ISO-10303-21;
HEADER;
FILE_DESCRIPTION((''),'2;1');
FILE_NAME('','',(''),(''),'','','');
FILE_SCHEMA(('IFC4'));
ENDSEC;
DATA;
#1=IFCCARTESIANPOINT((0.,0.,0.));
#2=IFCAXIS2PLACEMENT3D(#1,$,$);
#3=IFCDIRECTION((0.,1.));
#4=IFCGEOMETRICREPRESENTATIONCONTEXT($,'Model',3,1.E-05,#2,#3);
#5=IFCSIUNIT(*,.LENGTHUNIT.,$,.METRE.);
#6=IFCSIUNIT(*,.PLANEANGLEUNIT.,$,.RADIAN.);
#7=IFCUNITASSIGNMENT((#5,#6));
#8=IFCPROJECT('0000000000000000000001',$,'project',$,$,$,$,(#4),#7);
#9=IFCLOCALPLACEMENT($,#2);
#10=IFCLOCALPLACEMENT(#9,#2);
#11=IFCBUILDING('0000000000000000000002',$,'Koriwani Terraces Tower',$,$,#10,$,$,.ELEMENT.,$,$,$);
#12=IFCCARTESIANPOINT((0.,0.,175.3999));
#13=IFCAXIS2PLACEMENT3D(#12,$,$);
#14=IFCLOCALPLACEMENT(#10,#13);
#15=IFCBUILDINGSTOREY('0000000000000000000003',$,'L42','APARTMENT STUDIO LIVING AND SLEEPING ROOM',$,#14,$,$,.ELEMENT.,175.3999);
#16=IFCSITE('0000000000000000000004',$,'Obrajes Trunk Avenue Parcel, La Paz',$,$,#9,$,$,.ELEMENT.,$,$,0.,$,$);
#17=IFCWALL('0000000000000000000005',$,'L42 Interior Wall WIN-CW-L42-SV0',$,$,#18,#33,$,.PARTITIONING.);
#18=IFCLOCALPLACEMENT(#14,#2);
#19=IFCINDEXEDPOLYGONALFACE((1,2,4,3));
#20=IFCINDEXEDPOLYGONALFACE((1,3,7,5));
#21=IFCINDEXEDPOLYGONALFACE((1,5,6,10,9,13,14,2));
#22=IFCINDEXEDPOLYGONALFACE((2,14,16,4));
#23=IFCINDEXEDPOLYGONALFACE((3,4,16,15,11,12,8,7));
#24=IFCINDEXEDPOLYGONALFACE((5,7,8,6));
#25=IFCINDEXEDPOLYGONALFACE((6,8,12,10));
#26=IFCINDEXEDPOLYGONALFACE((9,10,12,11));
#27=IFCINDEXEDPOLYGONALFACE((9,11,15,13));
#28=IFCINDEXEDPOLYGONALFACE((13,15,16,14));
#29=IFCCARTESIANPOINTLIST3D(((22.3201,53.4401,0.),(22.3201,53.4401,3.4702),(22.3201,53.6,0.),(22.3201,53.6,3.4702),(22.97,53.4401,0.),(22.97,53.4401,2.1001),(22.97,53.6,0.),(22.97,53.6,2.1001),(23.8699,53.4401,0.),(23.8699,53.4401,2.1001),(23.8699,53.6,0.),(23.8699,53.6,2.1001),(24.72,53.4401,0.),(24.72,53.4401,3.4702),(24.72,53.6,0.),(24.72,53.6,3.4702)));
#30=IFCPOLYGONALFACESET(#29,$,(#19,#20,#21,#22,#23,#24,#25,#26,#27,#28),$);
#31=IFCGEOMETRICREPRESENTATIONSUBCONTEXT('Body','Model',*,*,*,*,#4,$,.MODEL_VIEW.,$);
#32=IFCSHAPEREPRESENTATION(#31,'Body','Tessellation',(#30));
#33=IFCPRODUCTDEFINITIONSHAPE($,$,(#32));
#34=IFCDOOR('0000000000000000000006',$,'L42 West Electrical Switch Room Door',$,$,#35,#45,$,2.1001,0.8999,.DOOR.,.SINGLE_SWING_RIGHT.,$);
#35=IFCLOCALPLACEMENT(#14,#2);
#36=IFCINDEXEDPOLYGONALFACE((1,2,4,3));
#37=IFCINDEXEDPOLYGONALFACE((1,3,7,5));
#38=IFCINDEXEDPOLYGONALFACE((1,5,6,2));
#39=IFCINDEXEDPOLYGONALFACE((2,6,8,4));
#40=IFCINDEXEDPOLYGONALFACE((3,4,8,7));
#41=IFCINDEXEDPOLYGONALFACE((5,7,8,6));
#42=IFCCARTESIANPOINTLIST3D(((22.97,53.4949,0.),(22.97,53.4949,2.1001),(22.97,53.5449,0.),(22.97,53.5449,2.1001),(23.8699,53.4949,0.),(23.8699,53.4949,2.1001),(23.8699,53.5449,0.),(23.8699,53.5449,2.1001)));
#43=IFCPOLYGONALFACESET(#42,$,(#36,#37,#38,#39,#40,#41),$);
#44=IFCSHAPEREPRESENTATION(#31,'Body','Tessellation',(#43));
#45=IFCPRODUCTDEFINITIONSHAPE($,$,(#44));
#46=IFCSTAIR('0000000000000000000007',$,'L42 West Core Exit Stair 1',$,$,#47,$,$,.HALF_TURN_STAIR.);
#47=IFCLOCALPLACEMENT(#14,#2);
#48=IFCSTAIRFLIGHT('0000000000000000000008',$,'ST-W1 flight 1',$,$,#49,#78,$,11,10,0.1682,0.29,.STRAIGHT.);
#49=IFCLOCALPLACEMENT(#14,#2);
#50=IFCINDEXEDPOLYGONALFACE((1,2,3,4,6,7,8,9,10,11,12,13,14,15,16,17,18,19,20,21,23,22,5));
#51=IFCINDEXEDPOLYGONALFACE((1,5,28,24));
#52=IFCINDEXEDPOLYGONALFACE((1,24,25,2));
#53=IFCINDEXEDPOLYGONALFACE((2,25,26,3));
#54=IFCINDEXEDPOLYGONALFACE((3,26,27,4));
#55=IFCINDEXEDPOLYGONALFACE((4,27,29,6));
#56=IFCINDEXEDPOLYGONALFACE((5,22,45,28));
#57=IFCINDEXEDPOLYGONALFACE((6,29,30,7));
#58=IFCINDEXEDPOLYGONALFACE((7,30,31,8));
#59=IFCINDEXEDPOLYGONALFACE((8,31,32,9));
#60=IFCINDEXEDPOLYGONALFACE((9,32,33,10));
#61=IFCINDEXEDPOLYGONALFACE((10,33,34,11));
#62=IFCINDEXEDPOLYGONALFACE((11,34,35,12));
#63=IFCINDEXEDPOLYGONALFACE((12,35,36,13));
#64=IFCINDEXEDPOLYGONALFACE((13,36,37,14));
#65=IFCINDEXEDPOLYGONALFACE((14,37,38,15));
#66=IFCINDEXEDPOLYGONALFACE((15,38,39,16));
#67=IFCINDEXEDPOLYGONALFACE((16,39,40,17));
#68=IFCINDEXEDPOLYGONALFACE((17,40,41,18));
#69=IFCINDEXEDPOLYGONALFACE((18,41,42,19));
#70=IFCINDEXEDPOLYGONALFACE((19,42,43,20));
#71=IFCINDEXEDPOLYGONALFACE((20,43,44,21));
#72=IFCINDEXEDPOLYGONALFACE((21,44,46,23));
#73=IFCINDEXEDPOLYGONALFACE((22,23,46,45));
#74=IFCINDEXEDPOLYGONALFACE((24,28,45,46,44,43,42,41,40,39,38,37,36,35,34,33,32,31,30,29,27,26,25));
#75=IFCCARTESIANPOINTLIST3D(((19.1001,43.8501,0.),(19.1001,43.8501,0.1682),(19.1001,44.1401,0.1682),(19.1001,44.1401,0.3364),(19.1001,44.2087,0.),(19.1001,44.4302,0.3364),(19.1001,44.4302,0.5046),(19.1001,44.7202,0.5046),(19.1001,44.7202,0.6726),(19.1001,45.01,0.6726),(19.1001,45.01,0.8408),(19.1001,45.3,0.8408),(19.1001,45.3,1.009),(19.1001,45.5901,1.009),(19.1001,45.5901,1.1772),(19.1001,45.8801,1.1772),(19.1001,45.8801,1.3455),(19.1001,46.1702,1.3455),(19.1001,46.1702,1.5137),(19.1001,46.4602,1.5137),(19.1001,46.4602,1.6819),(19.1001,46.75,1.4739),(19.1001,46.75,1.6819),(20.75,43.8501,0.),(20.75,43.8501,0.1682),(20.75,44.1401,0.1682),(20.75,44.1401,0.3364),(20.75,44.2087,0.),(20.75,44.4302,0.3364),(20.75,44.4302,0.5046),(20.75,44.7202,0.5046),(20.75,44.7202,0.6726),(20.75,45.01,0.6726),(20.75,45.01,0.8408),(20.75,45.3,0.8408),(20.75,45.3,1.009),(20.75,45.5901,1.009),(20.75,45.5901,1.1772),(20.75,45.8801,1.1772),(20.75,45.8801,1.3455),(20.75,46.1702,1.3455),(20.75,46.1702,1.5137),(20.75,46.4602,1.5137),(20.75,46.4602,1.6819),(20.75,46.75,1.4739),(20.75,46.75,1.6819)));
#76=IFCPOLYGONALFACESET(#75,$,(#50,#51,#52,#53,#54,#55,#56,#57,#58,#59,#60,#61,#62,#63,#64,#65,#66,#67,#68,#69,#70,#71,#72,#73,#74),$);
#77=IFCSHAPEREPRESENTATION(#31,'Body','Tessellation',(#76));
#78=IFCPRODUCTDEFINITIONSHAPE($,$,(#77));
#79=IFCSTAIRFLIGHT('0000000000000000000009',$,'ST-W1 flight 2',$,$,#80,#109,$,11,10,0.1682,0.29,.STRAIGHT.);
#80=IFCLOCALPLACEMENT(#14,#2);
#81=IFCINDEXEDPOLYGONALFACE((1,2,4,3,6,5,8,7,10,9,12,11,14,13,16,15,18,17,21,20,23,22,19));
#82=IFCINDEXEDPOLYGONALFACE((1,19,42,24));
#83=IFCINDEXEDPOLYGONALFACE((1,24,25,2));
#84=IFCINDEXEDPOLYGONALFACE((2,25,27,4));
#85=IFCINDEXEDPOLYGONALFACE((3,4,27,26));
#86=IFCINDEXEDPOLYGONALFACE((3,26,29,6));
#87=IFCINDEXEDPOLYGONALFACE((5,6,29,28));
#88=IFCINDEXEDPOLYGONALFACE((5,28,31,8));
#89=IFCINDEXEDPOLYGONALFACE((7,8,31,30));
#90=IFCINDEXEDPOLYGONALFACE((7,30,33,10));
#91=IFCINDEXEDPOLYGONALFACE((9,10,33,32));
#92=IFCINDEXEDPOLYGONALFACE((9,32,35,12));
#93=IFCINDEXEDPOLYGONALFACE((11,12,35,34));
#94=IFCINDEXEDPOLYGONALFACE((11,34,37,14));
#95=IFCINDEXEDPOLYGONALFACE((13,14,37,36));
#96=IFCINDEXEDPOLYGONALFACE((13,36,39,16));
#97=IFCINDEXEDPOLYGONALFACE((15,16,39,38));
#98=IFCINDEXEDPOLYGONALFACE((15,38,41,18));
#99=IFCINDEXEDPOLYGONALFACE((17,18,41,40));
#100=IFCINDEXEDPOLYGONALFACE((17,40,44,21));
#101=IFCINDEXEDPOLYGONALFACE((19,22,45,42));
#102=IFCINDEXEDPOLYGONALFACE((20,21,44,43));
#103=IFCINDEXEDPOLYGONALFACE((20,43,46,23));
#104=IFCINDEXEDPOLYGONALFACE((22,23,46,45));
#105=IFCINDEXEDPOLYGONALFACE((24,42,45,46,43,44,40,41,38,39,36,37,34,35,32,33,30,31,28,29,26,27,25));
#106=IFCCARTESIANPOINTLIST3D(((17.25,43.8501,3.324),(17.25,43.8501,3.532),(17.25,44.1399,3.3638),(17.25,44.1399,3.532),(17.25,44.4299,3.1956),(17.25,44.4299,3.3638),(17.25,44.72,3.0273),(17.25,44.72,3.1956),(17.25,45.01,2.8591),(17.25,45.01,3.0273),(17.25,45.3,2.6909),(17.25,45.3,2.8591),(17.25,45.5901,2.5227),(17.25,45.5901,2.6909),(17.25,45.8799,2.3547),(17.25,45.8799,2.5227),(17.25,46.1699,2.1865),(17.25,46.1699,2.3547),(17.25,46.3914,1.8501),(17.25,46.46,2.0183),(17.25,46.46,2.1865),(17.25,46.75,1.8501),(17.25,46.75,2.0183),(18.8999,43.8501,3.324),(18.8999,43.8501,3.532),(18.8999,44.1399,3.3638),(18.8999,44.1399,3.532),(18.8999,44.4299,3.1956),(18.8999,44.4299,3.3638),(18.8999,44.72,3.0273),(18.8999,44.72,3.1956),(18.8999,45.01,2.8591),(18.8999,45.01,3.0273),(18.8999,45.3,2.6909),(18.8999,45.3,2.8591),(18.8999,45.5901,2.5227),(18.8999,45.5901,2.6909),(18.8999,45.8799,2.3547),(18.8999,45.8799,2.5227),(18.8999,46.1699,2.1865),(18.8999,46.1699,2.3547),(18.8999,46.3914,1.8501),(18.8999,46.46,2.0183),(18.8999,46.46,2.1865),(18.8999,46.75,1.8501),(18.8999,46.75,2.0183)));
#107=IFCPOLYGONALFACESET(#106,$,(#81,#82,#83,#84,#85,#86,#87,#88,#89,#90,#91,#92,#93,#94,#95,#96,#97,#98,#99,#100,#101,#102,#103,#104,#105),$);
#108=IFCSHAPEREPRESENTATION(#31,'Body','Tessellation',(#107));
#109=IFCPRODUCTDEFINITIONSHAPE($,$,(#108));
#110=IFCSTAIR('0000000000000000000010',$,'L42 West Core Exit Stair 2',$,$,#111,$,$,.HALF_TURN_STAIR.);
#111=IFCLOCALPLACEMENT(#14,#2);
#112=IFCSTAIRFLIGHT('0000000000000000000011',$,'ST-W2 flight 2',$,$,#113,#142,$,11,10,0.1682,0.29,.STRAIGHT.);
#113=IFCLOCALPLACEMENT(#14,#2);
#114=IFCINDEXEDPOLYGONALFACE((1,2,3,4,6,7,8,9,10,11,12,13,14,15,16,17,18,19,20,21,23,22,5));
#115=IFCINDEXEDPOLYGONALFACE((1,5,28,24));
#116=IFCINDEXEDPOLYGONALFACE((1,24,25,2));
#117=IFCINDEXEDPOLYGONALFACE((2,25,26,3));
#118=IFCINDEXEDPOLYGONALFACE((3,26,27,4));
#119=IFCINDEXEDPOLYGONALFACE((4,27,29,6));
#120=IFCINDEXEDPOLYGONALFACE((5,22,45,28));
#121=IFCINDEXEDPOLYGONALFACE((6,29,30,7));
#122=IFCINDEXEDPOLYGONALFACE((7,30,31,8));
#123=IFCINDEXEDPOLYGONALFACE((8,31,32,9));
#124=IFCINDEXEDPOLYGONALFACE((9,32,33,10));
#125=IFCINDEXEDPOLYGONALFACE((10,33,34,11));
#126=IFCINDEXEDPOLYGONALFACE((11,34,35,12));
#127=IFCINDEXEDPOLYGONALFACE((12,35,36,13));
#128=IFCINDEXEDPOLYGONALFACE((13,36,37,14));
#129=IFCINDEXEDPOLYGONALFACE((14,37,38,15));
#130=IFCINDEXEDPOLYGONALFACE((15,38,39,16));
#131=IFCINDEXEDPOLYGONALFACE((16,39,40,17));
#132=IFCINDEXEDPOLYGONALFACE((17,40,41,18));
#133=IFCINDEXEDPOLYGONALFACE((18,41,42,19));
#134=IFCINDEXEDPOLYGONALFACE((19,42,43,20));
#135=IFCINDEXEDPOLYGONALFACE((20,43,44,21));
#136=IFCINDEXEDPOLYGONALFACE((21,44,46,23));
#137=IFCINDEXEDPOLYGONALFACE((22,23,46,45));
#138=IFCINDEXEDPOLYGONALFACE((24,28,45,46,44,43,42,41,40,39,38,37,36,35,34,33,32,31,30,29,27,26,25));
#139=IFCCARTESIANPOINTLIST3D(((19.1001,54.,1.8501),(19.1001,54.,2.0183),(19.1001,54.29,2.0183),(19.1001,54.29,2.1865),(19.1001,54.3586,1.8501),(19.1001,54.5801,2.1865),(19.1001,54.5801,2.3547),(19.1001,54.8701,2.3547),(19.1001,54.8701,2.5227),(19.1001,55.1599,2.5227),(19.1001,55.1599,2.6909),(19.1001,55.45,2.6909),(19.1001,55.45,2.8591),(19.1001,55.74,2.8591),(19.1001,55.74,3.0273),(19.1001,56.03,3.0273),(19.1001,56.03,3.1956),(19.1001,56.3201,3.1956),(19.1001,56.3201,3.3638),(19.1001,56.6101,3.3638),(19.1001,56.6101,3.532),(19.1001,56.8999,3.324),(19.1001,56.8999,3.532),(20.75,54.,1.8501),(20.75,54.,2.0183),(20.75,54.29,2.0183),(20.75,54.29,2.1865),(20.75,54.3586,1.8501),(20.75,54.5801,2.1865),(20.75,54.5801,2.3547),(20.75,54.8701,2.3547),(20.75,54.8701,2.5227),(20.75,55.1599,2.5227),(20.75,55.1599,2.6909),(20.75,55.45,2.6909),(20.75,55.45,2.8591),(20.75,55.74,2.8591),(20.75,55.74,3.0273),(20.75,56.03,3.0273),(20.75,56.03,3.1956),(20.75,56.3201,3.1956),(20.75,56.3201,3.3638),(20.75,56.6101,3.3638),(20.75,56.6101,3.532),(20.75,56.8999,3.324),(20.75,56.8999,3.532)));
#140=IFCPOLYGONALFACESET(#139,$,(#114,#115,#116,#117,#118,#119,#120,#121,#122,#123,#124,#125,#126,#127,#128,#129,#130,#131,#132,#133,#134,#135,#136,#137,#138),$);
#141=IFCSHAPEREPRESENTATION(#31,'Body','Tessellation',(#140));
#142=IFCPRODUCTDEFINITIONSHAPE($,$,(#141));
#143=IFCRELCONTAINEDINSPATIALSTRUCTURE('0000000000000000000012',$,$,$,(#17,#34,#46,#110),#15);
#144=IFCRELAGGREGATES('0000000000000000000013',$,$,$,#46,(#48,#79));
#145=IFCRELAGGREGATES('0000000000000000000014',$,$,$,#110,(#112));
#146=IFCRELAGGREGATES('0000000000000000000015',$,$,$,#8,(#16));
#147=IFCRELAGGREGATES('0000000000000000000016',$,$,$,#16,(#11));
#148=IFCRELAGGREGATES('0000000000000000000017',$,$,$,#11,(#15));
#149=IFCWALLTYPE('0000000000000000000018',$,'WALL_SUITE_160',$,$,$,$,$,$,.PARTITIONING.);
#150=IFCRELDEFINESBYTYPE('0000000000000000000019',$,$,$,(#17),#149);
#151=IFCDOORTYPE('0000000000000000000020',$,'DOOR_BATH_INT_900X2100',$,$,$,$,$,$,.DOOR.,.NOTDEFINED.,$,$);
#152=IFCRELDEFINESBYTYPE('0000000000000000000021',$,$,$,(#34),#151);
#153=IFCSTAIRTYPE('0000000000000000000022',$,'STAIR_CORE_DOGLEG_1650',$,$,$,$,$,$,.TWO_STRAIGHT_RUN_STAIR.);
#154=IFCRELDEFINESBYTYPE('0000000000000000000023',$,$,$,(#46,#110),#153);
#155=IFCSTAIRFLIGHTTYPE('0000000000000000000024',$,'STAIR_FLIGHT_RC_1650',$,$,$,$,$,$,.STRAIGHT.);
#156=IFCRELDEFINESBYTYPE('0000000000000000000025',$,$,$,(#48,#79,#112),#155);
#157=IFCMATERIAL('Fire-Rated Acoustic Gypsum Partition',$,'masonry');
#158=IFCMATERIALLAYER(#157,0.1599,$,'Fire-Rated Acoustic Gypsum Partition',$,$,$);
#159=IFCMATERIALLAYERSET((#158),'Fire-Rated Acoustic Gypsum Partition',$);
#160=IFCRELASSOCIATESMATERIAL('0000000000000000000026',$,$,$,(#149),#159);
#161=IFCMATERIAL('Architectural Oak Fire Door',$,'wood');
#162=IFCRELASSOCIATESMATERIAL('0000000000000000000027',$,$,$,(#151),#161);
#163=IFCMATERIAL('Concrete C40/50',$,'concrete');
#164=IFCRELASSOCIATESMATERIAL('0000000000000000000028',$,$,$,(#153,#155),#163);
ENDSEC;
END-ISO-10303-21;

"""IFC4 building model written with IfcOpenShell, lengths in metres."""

from ifc_helpers import new_model, si_unit, direction, frame, frame_2d, origin, place, context, subcontext, project, spatial, polyline, rectangle, outline, extrude, material, layer, layer_set, type_object, element, fill, aggregate, save


model = new_model("IFC4")

# Units and contexts
model_context = context("Model", 3, precision=1e-05, world=origin(), true_north=direction((0.0, 1.0)))
body_context = subcontext(model_context, "Body", "Model", "MODEL_VIEW")
ifc_project = project(units=[si_unit("LENGTHUNIT", "METRE"), si_unit("PLANEANGLEUNIT", "RADIAN")], contexts=[model_context])

# Site, building, storey
site_placement = place(None, origin())
site = spatial("IfcSite", under=ifc_project, at=site_placement, Name="Obrajes Trunk Avenue Parcel, La Paz", CompositionType="ELEMENT", RefElevation=0.0)
building_placement = place(site_placement, origin())
building = spatial("IfcBuilding", under=site, at=building_placement, Name="Koriwani Terraces Tower", CompositionType="ELEMENT")
storey_placement = place(building_placement, frame((0.0, 0.0, 175.3999)))
storey = spatial("IfcBuildingStorey", under=building, at=storey_placement, Name="L42", Description="APARTMENT STUDIO LIVING AND SLEEPING ROOM", CompositionType="ELEMENT", Elevation=175.3999)

# Shared definitions
ifc_material_1 = material(Name="Concrete C40/50", Category="concrete")

# Wall, opening, door
ifc_material_2 = material(Name="Fire-Rated Acoustic Gypsum Partition", Category="masonry")
ifc_layer_1 = layer(ifc_material_2, 0.1599, Name="Fire-Rated Acoustic Gypsum Partition")
ifc_layer_set_1 = layer_set([ifc_layer_1], Name="Fire-Rated Acoustic Gypsum Partition")
wall_type_1 = type_object("IfcWallType", Name="WALL_SUITE_160", PredefinedType="PARTITIONING", material=ifc_layer_set_1)
wall_1_placement = place(storey_placement, frame((22.3201, 53.52, 0.0), z_axis=(0.0, 0.0, 1.0), x_axis=(1.0, 0.0, 0.0)))
wall_1 = element("IfcWall", 1, at=wall_1_placement, inside=storey, type_object=wall_type_1, Name="L42 Interior Wall WIN-CW-L42-SV0", PredefinedType="PARTITIONING", context=body_context, shape_type="SweptSolid", body=[
    extrude(rectangle(XDim=2.3999, YDim=0.1599, at=frame_2d((1.2, 0.0))), origin(), (0.0, 0.0, 1.0), 3.4702),
])
opening_1_placement = place(wall_1_placement, frame((0.6499, 0.0, 0.0)))
opening_1 = element("IfcOpeningElement", 2, at=opening_1_placement, cuts=wall_1, PredefinedType="OPENING", context=body_context, shape_type="SweptSolid", body=[
    extrude(rectangle(XDim=0.8999, YDim=2.1001, at=frame_2d((0.45, 1.05))), frame((0.0, 0.0898, 0.0), z_axis=(0.0, -1.0, 0.0), x_axis=(1.0, 0.0, 0.0)), (0.0, 0.0, 1.0), 0.1799),
])
ifc_material_3 = material(Name="Architectural Oak Fire Door", Category="wood")
door_type_1 = type_object("IfcDoorType", Name="DOOR_BATH_INT_900X2100", OperationType="NOTDEFINED", PredefinedType="DOOR", material=ifc_material_3)
door_1_placement = place(opening_1_placement, origin())
door_1 = element("IfcDoor", 3, at=door_1_placement, inside=storey, type_object=door_type_1, Name="L42 West Electrical Switch Room Door", OperationType="SINGLE_SWING_RIGHT", OverallHeight=2.1001, OverallWidth=0.8999, PredefinedType="DOOR", context=body_context, shape_type="SweptSolid", body=[
    extrude(rectangle(XDim=0.8999, YDim=2.1001, at=frame_2d((0.45, 1.05))), frame((0.0, 0.0249, 0.0), z_axis=(0.0, -1.0, 0.0), x_axis=(1.0, 0.0, 0.0)), (0.0, 0.0, 1.0), 0.05),
])
fill(opening_1, door_1)

# Stair, stair flights
stair_type = type_object("IfcStairType", Name="STAIR_CORE_DOGLEG_1650", PredefinedType="TWO_STRAIGHT_RUN_STAIR", material=ifc_material_1)
stair_1_placement = place(storey_placement, origin())
stair_1 = element("IfcStair", 4, at=stair_1_placement, inside=storey, type_object=stair_type, Name="L42 West Core Exit Stair 1", PredefinedType="HALF_TURN_STAIR")
stair_flight_type = type_object("IfcStairFlightType", Name="STAIR_FLIGHT_RC_1650", PredefinedType="STRAIGHT", material=ifc_material_1)
stair_flight_1_placement = place(storey_placement, frame((19.925, 43.8501, 0.0), z_axis=(0.0, 0.0, 1.0), x_axis=(0.0, 1.0, 0.0)))
stair_flight_1 = element("IfcStairFlight", 5, at=stair_flight_1_placement, type_object=stair_flight_type, Name="ST-W1 flight 1", NumberOfRisers=11, NumberOfTreads=10, PredefinedType="STRAIGHT", RiserHeight=0.1682, TreadLength=0.29, context=body_context, shape_type="SweptSolid", body=[
    extrude(outline(polyline([(0.0, 0.0), (0.0, 0.1682), (0.29, 0.1682), (0.29, 0.3364), (0.5801, 0.3364), (0.5801, 0.5046), (0.8701, 0.5046), (0.8701, 0.6726), (1.1599, 0.6726), (1.1599, 0.8408), (1.45, 0.8408), (1.45, 1.009), (1.74, 1.009), (1.74, 1.1772), (2.03, 1.1772), (2.03, 1.3455), (2.3201, 1.3455), (2.3201, 1.5137), (2.6101, 1.5137), (2.6101, 1.6819), (2.8999, 1.6819), (2.8999, 1.8501), (2.8999, 1.4739), (0.3586, 0.0), (0.0, 0.0)])), frame((0.0, 0.825, 0.0), z_axis=(0.0, -1.0, 0.0), x_axis=(1.0, 0.0, 0.0)), (0.0, 0.0, 1.0), 1.6499),
])
stair_flight_2_placement = place(storey_placement, frame((18.075, 46.75, 1.8501), z_axis=(0.0, 0.0, 1.0), x_axis=(0.0, -1.0, 0.0)))
stair_flight_2 = element("IfcStairFlight", 6, at=stair_flight_2_placement, type_object=stair_flight_type, Name="ST-W1 flight 2", NumberOfRisers=11, NumberOfTreads=10, PredefinedType="STRAIGHT", RiserHeight=0.1682, TreadLength=0.29, context=body_context, shape_type="SweptSolid", body=[
    extrude(outline(polyline([(0.0, 0.0), (0.0, 0.1682), (0.29, 0.1682), (0.29, 0.3364), (0.5801, 0.3364), (0.5801, 0.5046), (0.8701, 0.5046), (0.8701, 0.6726), (1.1599, 0.6726), (1.1599, 0.8408), (1.45, 0.8408), (1.45, 1.009), (1.74, 1.009), (1.74, 1.1772), (2.03, 1.1772), (2.03, 1.3455), (2.3201, 1.3455), (2.3201, 1.5137), (2.6101, 1.5137), (2.6101, 1.6819), (2.8999, 1.6819), (2.8999, 1.8501), (2.8999, 1.4739), (0.3586, 0.0), (0.0, 0.0)])), frame((0.0, 0.825, 0.0), z_axis=(0.0, -1.0, 0.0), x_axis=(1.0, 0.0, 0.0)), (0.0, 0.0, 1.0), 1.6499),
])
aggregate(stair_1, [stair_flight_1, stair_flight_2])

# Stair, stair flight
stair_2_placement = place(storey_placement, origin())
stair_2 = element("IfcStair", 7, at=stair_2_placement, inside=storey, type_object=stair_type, Name="L42 West Core Exit Stair 2", PredefinedType="HALF_TURN_STAIR")
stair_flight_3_placement = place(storey_placement, frame((19.925, 54.0, 1.8501), z_axis=(0.0, 0.0, 1.0), x_axis=(0.0, 1.0, 0.0)))
stair_flight_3 = element("IfcStairFlight", 8, at=stair_flight_3_placement, type_object=stair_flight_type, Name="ST-W2 flight 2", NumberOfRisers=11, NumberOfTreads=10, PredefinedType="STRAIGHT", RiserHeight=0.1682, TreadLength=0.29, context=body_context, shape_type="SweptSolid", body=[
    extrude(outline(polyline([(0.0, 0.0), (0.0, 0.1682), (0.29, 0.1682), (0.29, 0.3364), (0.5801, 0.3364), (0.5801, 0.5046), (0.8701, 0.5046), (0.8701, 0.6726), (1.1599, 0.6726), (1.1599, 0.8408), (1.45, 0.8408), (1.45, 1.009), (1.74, 1.009), (1.74, 1.1772), (2.03, 1.1772), (2.03, 1.3455), (2.3201, 1.3455), (2.3201, 1.5137), (2.6101, 1.5137), (2.6101, 1.6819), (2.8999, 1.6819), (2.8999, 1.8501), (2.8999, 1.4739), (0.3586, 0.0), (0.0, 0.0)])), frame((0.0, 0.825, 0.0), z_axis=(0.0, -1.0, 0.0), x_axis=(1.0, 0.0, 0.0)), (0.0, 0.0, 1.0), 1.6499),
])
aggregate(stair_2, [stair_flight_3])

save(model, "model.ifc")
